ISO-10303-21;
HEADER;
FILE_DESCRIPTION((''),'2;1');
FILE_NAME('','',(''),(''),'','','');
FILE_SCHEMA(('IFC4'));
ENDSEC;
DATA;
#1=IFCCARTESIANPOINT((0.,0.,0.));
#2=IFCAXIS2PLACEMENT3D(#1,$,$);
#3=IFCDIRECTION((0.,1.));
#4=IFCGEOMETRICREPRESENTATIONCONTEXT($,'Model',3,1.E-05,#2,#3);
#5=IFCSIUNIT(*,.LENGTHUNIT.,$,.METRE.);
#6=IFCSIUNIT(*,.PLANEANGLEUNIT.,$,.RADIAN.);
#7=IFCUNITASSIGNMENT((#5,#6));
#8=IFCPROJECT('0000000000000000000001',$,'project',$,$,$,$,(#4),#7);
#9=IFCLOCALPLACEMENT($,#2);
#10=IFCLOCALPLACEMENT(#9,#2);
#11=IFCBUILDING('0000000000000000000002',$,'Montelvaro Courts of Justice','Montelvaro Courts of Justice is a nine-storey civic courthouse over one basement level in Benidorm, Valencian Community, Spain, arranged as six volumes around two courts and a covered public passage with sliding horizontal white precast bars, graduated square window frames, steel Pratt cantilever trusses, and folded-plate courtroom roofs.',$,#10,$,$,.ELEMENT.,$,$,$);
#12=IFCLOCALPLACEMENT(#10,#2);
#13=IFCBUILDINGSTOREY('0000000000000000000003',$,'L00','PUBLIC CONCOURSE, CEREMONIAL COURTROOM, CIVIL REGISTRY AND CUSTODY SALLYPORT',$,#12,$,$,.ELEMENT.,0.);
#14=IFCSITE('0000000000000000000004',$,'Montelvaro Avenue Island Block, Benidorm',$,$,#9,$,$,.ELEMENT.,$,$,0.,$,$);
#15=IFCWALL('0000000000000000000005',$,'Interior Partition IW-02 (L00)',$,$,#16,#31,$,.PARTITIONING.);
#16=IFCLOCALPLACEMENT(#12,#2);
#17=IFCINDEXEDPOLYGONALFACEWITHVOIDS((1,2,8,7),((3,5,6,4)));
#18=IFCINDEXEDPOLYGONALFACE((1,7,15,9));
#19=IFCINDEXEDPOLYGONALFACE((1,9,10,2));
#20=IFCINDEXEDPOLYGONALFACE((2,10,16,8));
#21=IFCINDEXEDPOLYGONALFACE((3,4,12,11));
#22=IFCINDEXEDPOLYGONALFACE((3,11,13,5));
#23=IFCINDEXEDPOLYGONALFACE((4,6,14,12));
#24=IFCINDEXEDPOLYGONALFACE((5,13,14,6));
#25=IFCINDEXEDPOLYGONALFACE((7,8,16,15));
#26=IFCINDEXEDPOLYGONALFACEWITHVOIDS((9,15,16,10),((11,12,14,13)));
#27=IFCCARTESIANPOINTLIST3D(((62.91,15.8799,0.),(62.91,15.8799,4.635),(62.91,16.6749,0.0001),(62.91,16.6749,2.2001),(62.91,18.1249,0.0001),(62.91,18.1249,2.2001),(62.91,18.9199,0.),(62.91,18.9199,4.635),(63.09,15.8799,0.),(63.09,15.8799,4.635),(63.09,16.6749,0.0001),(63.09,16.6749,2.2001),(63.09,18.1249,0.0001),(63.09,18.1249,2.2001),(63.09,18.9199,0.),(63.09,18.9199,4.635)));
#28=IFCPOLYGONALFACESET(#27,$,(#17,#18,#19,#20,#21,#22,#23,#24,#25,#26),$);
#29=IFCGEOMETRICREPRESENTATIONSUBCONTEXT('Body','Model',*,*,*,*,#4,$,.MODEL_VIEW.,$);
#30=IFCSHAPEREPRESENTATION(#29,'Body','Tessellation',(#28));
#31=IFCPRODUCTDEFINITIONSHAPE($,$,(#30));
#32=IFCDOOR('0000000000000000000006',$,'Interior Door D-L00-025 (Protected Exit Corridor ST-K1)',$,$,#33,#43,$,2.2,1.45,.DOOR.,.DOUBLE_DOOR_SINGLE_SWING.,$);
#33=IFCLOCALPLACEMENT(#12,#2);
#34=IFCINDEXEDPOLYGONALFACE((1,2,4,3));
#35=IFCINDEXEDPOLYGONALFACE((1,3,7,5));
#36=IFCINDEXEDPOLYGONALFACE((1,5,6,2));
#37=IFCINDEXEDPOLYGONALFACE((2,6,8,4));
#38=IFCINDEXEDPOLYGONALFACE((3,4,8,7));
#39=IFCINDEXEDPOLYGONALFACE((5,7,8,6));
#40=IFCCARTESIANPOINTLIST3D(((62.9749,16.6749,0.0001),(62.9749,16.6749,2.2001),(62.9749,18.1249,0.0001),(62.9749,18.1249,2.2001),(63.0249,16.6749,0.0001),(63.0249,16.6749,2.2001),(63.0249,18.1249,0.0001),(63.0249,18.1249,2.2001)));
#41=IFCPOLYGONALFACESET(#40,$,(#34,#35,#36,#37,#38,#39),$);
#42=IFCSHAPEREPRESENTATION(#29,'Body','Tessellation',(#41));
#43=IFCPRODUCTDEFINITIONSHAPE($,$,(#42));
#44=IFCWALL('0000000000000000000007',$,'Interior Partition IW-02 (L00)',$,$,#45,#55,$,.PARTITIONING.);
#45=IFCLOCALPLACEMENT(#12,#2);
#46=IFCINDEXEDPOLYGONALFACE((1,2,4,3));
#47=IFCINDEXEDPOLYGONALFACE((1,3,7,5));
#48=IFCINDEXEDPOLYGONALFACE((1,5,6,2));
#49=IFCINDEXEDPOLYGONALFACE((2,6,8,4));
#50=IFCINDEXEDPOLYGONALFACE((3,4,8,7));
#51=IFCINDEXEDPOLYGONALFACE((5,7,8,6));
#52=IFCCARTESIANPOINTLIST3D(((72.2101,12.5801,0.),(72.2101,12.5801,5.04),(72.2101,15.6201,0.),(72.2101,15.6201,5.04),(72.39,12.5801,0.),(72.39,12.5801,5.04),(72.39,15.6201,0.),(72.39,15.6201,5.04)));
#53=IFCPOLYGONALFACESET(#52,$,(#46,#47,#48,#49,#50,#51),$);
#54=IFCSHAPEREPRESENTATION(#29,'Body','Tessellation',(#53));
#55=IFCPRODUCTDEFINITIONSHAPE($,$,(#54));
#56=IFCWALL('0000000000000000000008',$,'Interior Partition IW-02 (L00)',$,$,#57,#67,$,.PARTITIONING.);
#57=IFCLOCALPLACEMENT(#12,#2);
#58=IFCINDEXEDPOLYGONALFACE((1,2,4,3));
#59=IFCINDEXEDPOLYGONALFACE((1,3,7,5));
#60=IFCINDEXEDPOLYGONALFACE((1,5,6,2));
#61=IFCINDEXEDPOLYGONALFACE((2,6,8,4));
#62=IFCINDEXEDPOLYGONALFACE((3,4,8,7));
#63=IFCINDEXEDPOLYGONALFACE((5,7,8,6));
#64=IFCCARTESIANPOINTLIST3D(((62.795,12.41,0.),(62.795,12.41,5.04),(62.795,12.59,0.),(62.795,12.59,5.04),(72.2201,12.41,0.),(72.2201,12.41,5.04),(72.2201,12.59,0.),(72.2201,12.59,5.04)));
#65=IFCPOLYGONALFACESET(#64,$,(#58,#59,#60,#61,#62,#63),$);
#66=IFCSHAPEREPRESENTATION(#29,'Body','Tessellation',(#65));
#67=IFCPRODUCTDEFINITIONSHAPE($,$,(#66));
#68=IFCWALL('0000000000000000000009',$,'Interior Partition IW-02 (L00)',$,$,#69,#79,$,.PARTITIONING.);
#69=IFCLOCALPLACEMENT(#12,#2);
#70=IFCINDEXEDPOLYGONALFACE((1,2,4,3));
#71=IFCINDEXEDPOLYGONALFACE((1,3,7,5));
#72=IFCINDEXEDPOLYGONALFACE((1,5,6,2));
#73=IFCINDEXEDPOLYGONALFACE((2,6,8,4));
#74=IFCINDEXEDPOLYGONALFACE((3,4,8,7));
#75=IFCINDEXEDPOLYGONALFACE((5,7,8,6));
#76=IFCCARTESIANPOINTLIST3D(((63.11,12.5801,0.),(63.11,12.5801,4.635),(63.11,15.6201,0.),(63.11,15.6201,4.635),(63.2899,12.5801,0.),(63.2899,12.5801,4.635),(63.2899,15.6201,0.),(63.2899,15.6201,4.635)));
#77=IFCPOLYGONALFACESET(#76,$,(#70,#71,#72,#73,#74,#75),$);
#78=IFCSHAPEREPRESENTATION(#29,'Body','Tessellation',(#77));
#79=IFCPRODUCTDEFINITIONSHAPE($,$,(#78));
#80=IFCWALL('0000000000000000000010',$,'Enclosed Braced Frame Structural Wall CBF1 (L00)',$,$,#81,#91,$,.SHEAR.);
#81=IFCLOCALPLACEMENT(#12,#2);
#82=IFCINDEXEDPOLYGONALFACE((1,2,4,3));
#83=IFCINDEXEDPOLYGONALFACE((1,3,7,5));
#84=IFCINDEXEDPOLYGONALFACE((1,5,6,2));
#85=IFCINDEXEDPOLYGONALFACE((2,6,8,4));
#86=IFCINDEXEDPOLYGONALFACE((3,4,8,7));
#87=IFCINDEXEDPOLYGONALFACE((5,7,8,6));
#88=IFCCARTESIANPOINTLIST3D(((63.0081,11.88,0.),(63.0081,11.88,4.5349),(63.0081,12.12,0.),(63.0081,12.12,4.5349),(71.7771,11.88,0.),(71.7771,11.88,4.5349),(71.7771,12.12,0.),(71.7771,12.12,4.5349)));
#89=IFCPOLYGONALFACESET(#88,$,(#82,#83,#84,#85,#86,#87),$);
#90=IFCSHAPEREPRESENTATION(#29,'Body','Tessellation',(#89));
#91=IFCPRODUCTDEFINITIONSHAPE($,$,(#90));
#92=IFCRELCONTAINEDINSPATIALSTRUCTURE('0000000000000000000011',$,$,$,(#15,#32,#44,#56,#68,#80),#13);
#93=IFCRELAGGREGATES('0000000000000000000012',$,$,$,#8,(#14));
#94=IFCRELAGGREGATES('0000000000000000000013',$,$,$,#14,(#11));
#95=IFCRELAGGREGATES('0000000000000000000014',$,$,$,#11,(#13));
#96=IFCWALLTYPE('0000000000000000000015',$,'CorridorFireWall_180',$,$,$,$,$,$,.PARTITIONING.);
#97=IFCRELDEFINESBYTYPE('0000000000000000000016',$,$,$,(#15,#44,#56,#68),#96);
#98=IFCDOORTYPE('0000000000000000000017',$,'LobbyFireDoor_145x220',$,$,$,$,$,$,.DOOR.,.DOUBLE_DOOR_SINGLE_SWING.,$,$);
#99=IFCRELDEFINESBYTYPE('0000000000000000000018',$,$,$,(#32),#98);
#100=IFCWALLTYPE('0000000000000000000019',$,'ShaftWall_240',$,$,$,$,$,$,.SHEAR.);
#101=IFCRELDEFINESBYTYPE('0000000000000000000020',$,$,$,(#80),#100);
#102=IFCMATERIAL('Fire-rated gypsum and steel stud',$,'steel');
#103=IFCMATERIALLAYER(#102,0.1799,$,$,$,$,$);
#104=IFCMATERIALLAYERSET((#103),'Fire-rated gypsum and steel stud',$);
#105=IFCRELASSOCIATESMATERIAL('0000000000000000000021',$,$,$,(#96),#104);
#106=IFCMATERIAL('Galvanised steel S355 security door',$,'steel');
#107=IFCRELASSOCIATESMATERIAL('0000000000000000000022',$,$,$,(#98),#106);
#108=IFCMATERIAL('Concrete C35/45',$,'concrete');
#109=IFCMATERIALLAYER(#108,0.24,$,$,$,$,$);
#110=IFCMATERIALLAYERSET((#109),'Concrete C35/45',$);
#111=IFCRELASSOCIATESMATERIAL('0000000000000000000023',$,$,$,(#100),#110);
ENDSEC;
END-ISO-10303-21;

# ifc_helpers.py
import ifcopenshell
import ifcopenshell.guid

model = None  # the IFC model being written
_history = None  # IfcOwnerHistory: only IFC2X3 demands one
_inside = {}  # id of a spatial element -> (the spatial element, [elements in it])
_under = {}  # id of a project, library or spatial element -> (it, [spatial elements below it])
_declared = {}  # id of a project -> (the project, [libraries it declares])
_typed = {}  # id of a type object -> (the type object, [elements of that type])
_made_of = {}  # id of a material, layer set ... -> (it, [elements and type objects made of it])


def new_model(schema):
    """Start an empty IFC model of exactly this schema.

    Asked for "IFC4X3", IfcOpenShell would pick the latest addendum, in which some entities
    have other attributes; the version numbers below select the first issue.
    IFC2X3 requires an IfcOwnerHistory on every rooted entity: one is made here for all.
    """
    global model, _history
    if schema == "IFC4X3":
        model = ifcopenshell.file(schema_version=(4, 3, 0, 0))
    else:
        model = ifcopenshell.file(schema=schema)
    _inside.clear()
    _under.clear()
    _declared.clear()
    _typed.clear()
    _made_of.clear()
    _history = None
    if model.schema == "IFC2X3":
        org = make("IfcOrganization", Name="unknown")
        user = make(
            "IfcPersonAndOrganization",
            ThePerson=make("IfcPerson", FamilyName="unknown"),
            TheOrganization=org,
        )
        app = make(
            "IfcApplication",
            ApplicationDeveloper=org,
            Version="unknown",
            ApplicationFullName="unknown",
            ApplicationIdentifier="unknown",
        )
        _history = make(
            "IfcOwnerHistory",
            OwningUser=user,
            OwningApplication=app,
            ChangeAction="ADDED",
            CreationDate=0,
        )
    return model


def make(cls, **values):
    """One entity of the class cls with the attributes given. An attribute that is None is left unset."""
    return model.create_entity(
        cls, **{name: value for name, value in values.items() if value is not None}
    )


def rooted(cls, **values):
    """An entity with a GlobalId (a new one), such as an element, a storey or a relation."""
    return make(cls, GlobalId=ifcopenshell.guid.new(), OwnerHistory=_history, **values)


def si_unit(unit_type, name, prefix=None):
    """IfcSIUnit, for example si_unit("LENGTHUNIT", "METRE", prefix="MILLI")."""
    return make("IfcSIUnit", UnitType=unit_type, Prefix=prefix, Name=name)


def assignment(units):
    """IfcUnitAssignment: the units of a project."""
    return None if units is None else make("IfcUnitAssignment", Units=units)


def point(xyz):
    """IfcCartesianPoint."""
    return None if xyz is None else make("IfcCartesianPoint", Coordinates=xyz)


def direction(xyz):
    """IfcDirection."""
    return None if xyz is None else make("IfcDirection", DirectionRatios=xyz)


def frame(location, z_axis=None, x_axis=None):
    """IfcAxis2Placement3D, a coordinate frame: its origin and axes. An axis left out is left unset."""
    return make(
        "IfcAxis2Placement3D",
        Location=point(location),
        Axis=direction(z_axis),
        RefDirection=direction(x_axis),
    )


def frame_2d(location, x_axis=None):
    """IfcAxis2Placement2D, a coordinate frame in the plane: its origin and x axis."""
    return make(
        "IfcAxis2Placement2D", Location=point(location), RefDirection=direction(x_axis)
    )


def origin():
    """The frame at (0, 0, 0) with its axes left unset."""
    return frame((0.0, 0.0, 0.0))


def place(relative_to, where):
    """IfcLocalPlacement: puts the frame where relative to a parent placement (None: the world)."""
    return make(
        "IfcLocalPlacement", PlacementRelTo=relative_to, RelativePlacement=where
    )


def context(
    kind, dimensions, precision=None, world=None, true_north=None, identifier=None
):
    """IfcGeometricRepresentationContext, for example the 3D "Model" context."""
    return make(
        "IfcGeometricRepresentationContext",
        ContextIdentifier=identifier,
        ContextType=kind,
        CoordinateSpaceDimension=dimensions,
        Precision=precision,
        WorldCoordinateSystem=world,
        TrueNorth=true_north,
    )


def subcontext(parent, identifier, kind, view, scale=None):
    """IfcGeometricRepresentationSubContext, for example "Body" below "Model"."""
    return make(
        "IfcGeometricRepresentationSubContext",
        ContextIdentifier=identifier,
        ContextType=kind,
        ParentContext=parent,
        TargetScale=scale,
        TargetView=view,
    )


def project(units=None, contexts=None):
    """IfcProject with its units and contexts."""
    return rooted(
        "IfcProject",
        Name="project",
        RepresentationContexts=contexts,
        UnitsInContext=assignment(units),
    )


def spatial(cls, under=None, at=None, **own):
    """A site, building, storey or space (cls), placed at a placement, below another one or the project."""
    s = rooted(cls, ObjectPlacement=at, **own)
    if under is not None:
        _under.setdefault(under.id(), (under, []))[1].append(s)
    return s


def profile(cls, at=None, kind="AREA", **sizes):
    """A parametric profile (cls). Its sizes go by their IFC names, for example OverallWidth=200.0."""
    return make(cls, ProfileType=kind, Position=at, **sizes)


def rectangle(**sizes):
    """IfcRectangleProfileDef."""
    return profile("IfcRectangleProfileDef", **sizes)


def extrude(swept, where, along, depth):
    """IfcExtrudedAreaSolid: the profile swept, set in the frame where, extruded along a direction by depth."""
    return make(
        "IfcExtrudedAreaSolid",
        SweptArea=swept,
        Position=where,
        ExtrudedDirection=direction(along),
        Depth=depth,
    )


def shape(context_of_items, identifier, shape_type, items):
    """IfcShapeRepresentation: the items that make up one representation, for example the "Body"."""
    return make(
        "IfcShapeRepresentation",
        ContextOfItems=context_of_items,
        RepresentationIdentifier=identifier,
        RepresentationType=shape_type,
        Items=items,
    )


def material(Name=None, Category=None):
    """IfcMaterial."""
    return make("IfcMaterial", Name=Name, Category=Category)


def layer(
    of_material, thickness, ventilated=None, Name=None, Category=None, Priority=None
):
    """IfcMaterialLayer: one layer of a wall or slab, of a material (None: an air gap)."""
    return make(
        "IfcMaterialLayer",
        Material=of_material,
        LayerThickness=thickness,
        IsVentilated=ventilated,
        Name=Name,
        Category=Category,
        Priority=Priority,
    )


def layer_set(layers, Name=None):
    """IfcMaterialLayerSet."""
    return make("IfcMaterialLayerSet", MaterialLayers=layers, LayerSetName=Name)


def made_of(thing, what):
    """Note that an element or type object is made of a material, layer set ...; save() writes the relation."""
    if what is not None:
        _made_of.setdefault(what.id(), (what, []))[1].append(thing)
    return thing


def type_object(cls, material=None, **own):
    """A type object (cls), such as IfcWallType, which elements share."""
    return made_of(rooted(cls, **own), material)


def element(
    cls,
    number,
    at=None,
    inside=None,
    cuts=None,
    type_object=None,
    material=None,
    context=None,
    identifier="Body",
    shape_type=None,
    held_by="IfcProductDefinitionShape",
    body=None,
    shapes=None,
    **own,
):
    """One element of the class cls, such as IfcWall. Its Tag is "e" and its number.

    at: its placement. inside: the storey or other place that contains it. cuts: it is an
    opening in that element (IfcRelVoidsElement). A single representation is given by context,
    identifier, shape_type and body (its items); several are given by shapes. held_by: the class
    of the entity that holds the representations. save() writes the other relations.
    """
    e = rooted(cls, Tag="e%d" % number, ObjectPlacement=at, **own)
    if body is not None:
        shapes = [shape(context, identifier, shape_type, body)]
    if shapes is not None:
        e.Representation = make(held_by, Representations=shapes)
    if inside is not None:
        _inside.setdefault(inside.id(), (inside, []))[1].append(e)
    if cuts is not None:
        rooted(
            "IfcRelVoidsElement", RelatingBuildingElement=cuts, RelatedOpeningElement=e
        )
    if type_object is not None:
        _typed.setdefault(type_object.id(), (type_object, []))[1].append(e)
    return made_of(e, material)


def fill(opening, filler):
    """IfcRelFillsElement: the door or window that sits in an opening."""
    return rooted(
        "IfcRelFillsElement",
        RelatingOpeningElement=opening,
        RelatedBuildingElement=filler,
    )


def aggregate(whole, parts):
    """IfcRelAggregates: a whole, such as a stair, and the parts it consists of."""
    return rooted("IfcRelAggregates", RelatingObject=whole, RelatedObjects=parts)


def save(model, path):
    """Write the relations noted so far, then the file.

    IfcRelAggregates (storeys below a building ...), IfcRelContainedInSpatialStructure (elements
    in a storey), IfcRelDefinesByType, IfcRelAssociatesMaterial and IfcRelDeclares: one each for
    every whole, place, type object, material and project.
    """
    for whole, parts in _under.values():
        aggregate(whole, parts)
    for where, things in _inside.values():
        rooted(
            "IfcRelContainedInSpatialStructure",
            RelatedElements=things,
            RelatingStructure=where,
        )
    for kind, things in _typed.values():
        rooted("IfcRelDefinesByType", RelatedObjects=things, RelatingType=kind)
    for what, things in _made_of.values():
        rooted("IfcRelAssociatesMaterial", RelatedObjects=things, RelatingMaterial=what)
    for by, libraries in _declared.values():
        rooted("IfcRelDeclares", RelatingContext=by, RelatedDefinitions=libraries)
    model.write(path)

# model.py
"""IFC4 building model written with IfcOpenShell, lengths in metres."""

from ifc_helpers import new_model, si_unit, direction, frame, frame_2d, origin, place, context, subcontext, project, spatial, rectangle, extrude, material, layer, layer_set, type_object, element, fill, save


model = new_model("IFC4")

# Units and contexts
model_context = context("Model", 3, precision=1e-05, world=origin(), true_north=direction((0.0, 1.0)))
body_context = subcontext(model_context, "Body", "Model", "MODEL_VIEW")
ifc_project = project(units=[si_unit("LENGTHUNIT", "METRE"), si_unit("PLANEANGLEUNIT", "RADIAN")], contexts=[model_context])

# Site, building, storey
site_placement = place(None, origin())
site = spatial("IfcSite", under=ifc_project, at=site_placement, Name="Montelvaro Avenue Island Block, Benidorm", CompositionType="ELEMENT", RefElevation=0.0)
building_placement = place(site_placement, origin())
building = spatial("IfcBuilding", under=site, at=building_placement, Name="Montelvaro Courts of Justice", Description="Montelvaro Courts of Justice is a nine-storey civic courthouse over one basement level in Benidorm, Valencian Community, Spain, arranged as six volumes around two courts and a covered public passage with sliding horizontal white precast bars, graduated square window frames, steel Pratt cantilever trusses, and folded-plate courtroom roofs.", CompositionType="ELEMENT")
storey_placement = place(building_placement, origin())
storey = spatial("IfcBuildingStorey", under=building, at=storey_placement, Name="L00", Description="PUBLIC CONCOURSE, CEREMONIAL COURTROOM, CIVIL REGISTRY AND CUSTODY SALLYPORT", CompositionType="ELEMENT", Elevation=0.0)

# Wall, opening, door
ifc_material_1 = material(Name="Fire-rated gypsum and steel stud", Category="steel")
ifc_layer_1 = layer(ifc_material_1, 0.1799)
ifc_layer_set_1 = layer_set([ifc_layer_1], Name="Fire-rated gypsum and steel stud")
wall_type_1 = type_object("IfcWallType", Name="CorridorFireWall_180", PredefinedType="PARTITIONING", material=ifc_layer_set_1)
wall_1_placement = place(storey_placement, frame((63.0, 18.9199, 0.0), z_axis=(0.0, 0.0, 1.0), x_axis=(0.0, -1.0, 0.0)))
wall_1 = element("IfcWall", 1, at=wall_1_placement, inside=storey, type_object=wall_type_1, Name="Interior Partition IW-02 (L00)", PredefinedType="PARTITIONING", context=body_context, shape_type="SweptSolid", body=[
    extrude(rectangle(XDim=3.04, YDim=0.1799, at=frame_2d((1.52, 0.0))), origin(), (0.0, 0.0, 1.0), 4.635),
])
opening_1_placement = place(wall_1_placement, frame((0.7949, 0.0, 0.0)))
opening_1 = element("IfcOpeningElement", 2, at=opening_1_placement, cuts=wall_1, PredefinedType="OPENING", context=body_context, shape_type="SweptSolid", body=[
    extrude(rectangle(XDim=1.45, YDim=2.2, at=frame_2d((0.7251, 1.1001))), frame((0.0, 0.105, 0.0), z_axis=(0.0, -1.0, 0.0), x_axis=(1.0, 0.0, 0.0)), (0.0, 0.0, 1.0), 0.2097),
])
ifc_material_2 = material(Name="Galvanised steel S355 security door", Category="steel")
door_type_1 = type_object("IfcDoorType", Name="LobbyFireDoor_145x220", OperationType="DOUBLE_DOOR_SINGLE_SWING", PredefinedType="DOOR", material=ifc_material_2)
door_1_placement = place(opening_1_placement, origin())
door_1 = element("IfcDoor", 3, at=door_1_placement, inside=storey, type_object=door_type_1, Name="Interior Door D-L00-025 (Protected Exit Corridor ST-K1)", OperationType="DOUBLE_DOOR_SINGLE_SWING", OverallHeight=2.2, OverallWidth=1.45, PredefinedType="DOOR", context=body_context, shape_type="SweptSolid", body=[
    extrude(rectangle(XDim=1.45, YDim=2.2, at=frame_2d((0.7251, 1.1001))), frame((0.0, 0.0249, 0.0), z_axis=(0.0, -1.0, 0.0), x_axis=(1.0, 0.0, 0.0)), (0.0, 0.0, 1.0), 0.05),
])
fill(opening_1, door_1)

# Walls
wall_2_placement = place(storey_placement, frame((72.3, 15.6201, 0.0), z_axis=(0.0, 0.0, 1.0), x_axis=(0.0, -1.0, 0.0)))
element("IfcWall", 4, at=wall_2_placement, inside=storey, type_object=wall_type_1, Name="Interior Partition IW-02 (L00)", PredefinedType="PARTITIONING", context=body_context, shape_type="SweptSolid", body=[
    extrude(rectangle(XDim=3.04, YDim=0.1799, at=frame_2d((1.52, 0.0))), origin(), (0.0, 0.0, 1.0), 5.04),
])
wall_3_placement = place(storey_placement, frame((72.22, 12.5, 0.0), z_axis=(0.0, 0.0, 1.0), x_axis=(-1.0, 0.0, 0.0)))
element("IfcWall", 5, at=wall_3_placement, inside=storey, type_object=wall_type_1, Name="Interior Partition IW-02 (L00)", PredefinedType="PARTITIONING", context=body_context, shape_type="SweptSolid", body=[
    extrude(rectangle(XDim=9.425, YDim=0.1799, at=frame_2d((4.7124, 0.0))), origin(), (0.0, 0.0, 1.0), 5.04),
])
wall_4_placement = place(storey_placement, frame((63.2, 12.5801, 0.0), z_axis=(0.0, 0.0, 1.0), x_axis=(0.0, 1.0, 0.0)))
element("IfcWall", 6, at=wall_4_placement, inside=storey, type_object=wall_type_1, Name="Interior Partition IW-02 (L00)", PredefinedType="PARTITIONING", context=body_context, shape_type="SweptSolid", body=[
    extrude(rectangle(XDim=3.04, YDim=0.1799, at=frame_2d((1.52, 0.0))), origin(), (0.0, 0.0, 1.0), 4.635),
])
ifc_material_3 = material(Name="Concrete C35/45", Category="concrete")
ifc_layer_2 = layer(ifc_material_3, 0.24)
ifc_layer_set_2 = layer_set([ifc_layer_2], Name="Concrete C35/45")
wall_type_2 = type_object("IfcWallType", Name="ShaftWall_240", PredefinedType="SHEAR", material=ifc_layer_set_2)
wall_5_placement = place(storey_placement, frame((63.0081, 12.0, 0.0), z_axis=(0.0, 0.0, 1.0), x_axis=(1.0, 0.0, 0.0)))
element("IfcWall", 7, at=wall_5_placement, inside=storey, type_object=wall_type_2, Name="Enclosed Braced Frame Structural Wall CBF1 (L00)", PredefinedType="SHEAR", context=body_context, shape_type="SweptSolid", body=[
    extrude(rectangle(XDim=8.769, YDim=0.24, at=frame_2d((4.3845, 0.0))), origin(), (0.0, 0.0, 1.0), 4.5349),
])

save(model, "model.ifc")
